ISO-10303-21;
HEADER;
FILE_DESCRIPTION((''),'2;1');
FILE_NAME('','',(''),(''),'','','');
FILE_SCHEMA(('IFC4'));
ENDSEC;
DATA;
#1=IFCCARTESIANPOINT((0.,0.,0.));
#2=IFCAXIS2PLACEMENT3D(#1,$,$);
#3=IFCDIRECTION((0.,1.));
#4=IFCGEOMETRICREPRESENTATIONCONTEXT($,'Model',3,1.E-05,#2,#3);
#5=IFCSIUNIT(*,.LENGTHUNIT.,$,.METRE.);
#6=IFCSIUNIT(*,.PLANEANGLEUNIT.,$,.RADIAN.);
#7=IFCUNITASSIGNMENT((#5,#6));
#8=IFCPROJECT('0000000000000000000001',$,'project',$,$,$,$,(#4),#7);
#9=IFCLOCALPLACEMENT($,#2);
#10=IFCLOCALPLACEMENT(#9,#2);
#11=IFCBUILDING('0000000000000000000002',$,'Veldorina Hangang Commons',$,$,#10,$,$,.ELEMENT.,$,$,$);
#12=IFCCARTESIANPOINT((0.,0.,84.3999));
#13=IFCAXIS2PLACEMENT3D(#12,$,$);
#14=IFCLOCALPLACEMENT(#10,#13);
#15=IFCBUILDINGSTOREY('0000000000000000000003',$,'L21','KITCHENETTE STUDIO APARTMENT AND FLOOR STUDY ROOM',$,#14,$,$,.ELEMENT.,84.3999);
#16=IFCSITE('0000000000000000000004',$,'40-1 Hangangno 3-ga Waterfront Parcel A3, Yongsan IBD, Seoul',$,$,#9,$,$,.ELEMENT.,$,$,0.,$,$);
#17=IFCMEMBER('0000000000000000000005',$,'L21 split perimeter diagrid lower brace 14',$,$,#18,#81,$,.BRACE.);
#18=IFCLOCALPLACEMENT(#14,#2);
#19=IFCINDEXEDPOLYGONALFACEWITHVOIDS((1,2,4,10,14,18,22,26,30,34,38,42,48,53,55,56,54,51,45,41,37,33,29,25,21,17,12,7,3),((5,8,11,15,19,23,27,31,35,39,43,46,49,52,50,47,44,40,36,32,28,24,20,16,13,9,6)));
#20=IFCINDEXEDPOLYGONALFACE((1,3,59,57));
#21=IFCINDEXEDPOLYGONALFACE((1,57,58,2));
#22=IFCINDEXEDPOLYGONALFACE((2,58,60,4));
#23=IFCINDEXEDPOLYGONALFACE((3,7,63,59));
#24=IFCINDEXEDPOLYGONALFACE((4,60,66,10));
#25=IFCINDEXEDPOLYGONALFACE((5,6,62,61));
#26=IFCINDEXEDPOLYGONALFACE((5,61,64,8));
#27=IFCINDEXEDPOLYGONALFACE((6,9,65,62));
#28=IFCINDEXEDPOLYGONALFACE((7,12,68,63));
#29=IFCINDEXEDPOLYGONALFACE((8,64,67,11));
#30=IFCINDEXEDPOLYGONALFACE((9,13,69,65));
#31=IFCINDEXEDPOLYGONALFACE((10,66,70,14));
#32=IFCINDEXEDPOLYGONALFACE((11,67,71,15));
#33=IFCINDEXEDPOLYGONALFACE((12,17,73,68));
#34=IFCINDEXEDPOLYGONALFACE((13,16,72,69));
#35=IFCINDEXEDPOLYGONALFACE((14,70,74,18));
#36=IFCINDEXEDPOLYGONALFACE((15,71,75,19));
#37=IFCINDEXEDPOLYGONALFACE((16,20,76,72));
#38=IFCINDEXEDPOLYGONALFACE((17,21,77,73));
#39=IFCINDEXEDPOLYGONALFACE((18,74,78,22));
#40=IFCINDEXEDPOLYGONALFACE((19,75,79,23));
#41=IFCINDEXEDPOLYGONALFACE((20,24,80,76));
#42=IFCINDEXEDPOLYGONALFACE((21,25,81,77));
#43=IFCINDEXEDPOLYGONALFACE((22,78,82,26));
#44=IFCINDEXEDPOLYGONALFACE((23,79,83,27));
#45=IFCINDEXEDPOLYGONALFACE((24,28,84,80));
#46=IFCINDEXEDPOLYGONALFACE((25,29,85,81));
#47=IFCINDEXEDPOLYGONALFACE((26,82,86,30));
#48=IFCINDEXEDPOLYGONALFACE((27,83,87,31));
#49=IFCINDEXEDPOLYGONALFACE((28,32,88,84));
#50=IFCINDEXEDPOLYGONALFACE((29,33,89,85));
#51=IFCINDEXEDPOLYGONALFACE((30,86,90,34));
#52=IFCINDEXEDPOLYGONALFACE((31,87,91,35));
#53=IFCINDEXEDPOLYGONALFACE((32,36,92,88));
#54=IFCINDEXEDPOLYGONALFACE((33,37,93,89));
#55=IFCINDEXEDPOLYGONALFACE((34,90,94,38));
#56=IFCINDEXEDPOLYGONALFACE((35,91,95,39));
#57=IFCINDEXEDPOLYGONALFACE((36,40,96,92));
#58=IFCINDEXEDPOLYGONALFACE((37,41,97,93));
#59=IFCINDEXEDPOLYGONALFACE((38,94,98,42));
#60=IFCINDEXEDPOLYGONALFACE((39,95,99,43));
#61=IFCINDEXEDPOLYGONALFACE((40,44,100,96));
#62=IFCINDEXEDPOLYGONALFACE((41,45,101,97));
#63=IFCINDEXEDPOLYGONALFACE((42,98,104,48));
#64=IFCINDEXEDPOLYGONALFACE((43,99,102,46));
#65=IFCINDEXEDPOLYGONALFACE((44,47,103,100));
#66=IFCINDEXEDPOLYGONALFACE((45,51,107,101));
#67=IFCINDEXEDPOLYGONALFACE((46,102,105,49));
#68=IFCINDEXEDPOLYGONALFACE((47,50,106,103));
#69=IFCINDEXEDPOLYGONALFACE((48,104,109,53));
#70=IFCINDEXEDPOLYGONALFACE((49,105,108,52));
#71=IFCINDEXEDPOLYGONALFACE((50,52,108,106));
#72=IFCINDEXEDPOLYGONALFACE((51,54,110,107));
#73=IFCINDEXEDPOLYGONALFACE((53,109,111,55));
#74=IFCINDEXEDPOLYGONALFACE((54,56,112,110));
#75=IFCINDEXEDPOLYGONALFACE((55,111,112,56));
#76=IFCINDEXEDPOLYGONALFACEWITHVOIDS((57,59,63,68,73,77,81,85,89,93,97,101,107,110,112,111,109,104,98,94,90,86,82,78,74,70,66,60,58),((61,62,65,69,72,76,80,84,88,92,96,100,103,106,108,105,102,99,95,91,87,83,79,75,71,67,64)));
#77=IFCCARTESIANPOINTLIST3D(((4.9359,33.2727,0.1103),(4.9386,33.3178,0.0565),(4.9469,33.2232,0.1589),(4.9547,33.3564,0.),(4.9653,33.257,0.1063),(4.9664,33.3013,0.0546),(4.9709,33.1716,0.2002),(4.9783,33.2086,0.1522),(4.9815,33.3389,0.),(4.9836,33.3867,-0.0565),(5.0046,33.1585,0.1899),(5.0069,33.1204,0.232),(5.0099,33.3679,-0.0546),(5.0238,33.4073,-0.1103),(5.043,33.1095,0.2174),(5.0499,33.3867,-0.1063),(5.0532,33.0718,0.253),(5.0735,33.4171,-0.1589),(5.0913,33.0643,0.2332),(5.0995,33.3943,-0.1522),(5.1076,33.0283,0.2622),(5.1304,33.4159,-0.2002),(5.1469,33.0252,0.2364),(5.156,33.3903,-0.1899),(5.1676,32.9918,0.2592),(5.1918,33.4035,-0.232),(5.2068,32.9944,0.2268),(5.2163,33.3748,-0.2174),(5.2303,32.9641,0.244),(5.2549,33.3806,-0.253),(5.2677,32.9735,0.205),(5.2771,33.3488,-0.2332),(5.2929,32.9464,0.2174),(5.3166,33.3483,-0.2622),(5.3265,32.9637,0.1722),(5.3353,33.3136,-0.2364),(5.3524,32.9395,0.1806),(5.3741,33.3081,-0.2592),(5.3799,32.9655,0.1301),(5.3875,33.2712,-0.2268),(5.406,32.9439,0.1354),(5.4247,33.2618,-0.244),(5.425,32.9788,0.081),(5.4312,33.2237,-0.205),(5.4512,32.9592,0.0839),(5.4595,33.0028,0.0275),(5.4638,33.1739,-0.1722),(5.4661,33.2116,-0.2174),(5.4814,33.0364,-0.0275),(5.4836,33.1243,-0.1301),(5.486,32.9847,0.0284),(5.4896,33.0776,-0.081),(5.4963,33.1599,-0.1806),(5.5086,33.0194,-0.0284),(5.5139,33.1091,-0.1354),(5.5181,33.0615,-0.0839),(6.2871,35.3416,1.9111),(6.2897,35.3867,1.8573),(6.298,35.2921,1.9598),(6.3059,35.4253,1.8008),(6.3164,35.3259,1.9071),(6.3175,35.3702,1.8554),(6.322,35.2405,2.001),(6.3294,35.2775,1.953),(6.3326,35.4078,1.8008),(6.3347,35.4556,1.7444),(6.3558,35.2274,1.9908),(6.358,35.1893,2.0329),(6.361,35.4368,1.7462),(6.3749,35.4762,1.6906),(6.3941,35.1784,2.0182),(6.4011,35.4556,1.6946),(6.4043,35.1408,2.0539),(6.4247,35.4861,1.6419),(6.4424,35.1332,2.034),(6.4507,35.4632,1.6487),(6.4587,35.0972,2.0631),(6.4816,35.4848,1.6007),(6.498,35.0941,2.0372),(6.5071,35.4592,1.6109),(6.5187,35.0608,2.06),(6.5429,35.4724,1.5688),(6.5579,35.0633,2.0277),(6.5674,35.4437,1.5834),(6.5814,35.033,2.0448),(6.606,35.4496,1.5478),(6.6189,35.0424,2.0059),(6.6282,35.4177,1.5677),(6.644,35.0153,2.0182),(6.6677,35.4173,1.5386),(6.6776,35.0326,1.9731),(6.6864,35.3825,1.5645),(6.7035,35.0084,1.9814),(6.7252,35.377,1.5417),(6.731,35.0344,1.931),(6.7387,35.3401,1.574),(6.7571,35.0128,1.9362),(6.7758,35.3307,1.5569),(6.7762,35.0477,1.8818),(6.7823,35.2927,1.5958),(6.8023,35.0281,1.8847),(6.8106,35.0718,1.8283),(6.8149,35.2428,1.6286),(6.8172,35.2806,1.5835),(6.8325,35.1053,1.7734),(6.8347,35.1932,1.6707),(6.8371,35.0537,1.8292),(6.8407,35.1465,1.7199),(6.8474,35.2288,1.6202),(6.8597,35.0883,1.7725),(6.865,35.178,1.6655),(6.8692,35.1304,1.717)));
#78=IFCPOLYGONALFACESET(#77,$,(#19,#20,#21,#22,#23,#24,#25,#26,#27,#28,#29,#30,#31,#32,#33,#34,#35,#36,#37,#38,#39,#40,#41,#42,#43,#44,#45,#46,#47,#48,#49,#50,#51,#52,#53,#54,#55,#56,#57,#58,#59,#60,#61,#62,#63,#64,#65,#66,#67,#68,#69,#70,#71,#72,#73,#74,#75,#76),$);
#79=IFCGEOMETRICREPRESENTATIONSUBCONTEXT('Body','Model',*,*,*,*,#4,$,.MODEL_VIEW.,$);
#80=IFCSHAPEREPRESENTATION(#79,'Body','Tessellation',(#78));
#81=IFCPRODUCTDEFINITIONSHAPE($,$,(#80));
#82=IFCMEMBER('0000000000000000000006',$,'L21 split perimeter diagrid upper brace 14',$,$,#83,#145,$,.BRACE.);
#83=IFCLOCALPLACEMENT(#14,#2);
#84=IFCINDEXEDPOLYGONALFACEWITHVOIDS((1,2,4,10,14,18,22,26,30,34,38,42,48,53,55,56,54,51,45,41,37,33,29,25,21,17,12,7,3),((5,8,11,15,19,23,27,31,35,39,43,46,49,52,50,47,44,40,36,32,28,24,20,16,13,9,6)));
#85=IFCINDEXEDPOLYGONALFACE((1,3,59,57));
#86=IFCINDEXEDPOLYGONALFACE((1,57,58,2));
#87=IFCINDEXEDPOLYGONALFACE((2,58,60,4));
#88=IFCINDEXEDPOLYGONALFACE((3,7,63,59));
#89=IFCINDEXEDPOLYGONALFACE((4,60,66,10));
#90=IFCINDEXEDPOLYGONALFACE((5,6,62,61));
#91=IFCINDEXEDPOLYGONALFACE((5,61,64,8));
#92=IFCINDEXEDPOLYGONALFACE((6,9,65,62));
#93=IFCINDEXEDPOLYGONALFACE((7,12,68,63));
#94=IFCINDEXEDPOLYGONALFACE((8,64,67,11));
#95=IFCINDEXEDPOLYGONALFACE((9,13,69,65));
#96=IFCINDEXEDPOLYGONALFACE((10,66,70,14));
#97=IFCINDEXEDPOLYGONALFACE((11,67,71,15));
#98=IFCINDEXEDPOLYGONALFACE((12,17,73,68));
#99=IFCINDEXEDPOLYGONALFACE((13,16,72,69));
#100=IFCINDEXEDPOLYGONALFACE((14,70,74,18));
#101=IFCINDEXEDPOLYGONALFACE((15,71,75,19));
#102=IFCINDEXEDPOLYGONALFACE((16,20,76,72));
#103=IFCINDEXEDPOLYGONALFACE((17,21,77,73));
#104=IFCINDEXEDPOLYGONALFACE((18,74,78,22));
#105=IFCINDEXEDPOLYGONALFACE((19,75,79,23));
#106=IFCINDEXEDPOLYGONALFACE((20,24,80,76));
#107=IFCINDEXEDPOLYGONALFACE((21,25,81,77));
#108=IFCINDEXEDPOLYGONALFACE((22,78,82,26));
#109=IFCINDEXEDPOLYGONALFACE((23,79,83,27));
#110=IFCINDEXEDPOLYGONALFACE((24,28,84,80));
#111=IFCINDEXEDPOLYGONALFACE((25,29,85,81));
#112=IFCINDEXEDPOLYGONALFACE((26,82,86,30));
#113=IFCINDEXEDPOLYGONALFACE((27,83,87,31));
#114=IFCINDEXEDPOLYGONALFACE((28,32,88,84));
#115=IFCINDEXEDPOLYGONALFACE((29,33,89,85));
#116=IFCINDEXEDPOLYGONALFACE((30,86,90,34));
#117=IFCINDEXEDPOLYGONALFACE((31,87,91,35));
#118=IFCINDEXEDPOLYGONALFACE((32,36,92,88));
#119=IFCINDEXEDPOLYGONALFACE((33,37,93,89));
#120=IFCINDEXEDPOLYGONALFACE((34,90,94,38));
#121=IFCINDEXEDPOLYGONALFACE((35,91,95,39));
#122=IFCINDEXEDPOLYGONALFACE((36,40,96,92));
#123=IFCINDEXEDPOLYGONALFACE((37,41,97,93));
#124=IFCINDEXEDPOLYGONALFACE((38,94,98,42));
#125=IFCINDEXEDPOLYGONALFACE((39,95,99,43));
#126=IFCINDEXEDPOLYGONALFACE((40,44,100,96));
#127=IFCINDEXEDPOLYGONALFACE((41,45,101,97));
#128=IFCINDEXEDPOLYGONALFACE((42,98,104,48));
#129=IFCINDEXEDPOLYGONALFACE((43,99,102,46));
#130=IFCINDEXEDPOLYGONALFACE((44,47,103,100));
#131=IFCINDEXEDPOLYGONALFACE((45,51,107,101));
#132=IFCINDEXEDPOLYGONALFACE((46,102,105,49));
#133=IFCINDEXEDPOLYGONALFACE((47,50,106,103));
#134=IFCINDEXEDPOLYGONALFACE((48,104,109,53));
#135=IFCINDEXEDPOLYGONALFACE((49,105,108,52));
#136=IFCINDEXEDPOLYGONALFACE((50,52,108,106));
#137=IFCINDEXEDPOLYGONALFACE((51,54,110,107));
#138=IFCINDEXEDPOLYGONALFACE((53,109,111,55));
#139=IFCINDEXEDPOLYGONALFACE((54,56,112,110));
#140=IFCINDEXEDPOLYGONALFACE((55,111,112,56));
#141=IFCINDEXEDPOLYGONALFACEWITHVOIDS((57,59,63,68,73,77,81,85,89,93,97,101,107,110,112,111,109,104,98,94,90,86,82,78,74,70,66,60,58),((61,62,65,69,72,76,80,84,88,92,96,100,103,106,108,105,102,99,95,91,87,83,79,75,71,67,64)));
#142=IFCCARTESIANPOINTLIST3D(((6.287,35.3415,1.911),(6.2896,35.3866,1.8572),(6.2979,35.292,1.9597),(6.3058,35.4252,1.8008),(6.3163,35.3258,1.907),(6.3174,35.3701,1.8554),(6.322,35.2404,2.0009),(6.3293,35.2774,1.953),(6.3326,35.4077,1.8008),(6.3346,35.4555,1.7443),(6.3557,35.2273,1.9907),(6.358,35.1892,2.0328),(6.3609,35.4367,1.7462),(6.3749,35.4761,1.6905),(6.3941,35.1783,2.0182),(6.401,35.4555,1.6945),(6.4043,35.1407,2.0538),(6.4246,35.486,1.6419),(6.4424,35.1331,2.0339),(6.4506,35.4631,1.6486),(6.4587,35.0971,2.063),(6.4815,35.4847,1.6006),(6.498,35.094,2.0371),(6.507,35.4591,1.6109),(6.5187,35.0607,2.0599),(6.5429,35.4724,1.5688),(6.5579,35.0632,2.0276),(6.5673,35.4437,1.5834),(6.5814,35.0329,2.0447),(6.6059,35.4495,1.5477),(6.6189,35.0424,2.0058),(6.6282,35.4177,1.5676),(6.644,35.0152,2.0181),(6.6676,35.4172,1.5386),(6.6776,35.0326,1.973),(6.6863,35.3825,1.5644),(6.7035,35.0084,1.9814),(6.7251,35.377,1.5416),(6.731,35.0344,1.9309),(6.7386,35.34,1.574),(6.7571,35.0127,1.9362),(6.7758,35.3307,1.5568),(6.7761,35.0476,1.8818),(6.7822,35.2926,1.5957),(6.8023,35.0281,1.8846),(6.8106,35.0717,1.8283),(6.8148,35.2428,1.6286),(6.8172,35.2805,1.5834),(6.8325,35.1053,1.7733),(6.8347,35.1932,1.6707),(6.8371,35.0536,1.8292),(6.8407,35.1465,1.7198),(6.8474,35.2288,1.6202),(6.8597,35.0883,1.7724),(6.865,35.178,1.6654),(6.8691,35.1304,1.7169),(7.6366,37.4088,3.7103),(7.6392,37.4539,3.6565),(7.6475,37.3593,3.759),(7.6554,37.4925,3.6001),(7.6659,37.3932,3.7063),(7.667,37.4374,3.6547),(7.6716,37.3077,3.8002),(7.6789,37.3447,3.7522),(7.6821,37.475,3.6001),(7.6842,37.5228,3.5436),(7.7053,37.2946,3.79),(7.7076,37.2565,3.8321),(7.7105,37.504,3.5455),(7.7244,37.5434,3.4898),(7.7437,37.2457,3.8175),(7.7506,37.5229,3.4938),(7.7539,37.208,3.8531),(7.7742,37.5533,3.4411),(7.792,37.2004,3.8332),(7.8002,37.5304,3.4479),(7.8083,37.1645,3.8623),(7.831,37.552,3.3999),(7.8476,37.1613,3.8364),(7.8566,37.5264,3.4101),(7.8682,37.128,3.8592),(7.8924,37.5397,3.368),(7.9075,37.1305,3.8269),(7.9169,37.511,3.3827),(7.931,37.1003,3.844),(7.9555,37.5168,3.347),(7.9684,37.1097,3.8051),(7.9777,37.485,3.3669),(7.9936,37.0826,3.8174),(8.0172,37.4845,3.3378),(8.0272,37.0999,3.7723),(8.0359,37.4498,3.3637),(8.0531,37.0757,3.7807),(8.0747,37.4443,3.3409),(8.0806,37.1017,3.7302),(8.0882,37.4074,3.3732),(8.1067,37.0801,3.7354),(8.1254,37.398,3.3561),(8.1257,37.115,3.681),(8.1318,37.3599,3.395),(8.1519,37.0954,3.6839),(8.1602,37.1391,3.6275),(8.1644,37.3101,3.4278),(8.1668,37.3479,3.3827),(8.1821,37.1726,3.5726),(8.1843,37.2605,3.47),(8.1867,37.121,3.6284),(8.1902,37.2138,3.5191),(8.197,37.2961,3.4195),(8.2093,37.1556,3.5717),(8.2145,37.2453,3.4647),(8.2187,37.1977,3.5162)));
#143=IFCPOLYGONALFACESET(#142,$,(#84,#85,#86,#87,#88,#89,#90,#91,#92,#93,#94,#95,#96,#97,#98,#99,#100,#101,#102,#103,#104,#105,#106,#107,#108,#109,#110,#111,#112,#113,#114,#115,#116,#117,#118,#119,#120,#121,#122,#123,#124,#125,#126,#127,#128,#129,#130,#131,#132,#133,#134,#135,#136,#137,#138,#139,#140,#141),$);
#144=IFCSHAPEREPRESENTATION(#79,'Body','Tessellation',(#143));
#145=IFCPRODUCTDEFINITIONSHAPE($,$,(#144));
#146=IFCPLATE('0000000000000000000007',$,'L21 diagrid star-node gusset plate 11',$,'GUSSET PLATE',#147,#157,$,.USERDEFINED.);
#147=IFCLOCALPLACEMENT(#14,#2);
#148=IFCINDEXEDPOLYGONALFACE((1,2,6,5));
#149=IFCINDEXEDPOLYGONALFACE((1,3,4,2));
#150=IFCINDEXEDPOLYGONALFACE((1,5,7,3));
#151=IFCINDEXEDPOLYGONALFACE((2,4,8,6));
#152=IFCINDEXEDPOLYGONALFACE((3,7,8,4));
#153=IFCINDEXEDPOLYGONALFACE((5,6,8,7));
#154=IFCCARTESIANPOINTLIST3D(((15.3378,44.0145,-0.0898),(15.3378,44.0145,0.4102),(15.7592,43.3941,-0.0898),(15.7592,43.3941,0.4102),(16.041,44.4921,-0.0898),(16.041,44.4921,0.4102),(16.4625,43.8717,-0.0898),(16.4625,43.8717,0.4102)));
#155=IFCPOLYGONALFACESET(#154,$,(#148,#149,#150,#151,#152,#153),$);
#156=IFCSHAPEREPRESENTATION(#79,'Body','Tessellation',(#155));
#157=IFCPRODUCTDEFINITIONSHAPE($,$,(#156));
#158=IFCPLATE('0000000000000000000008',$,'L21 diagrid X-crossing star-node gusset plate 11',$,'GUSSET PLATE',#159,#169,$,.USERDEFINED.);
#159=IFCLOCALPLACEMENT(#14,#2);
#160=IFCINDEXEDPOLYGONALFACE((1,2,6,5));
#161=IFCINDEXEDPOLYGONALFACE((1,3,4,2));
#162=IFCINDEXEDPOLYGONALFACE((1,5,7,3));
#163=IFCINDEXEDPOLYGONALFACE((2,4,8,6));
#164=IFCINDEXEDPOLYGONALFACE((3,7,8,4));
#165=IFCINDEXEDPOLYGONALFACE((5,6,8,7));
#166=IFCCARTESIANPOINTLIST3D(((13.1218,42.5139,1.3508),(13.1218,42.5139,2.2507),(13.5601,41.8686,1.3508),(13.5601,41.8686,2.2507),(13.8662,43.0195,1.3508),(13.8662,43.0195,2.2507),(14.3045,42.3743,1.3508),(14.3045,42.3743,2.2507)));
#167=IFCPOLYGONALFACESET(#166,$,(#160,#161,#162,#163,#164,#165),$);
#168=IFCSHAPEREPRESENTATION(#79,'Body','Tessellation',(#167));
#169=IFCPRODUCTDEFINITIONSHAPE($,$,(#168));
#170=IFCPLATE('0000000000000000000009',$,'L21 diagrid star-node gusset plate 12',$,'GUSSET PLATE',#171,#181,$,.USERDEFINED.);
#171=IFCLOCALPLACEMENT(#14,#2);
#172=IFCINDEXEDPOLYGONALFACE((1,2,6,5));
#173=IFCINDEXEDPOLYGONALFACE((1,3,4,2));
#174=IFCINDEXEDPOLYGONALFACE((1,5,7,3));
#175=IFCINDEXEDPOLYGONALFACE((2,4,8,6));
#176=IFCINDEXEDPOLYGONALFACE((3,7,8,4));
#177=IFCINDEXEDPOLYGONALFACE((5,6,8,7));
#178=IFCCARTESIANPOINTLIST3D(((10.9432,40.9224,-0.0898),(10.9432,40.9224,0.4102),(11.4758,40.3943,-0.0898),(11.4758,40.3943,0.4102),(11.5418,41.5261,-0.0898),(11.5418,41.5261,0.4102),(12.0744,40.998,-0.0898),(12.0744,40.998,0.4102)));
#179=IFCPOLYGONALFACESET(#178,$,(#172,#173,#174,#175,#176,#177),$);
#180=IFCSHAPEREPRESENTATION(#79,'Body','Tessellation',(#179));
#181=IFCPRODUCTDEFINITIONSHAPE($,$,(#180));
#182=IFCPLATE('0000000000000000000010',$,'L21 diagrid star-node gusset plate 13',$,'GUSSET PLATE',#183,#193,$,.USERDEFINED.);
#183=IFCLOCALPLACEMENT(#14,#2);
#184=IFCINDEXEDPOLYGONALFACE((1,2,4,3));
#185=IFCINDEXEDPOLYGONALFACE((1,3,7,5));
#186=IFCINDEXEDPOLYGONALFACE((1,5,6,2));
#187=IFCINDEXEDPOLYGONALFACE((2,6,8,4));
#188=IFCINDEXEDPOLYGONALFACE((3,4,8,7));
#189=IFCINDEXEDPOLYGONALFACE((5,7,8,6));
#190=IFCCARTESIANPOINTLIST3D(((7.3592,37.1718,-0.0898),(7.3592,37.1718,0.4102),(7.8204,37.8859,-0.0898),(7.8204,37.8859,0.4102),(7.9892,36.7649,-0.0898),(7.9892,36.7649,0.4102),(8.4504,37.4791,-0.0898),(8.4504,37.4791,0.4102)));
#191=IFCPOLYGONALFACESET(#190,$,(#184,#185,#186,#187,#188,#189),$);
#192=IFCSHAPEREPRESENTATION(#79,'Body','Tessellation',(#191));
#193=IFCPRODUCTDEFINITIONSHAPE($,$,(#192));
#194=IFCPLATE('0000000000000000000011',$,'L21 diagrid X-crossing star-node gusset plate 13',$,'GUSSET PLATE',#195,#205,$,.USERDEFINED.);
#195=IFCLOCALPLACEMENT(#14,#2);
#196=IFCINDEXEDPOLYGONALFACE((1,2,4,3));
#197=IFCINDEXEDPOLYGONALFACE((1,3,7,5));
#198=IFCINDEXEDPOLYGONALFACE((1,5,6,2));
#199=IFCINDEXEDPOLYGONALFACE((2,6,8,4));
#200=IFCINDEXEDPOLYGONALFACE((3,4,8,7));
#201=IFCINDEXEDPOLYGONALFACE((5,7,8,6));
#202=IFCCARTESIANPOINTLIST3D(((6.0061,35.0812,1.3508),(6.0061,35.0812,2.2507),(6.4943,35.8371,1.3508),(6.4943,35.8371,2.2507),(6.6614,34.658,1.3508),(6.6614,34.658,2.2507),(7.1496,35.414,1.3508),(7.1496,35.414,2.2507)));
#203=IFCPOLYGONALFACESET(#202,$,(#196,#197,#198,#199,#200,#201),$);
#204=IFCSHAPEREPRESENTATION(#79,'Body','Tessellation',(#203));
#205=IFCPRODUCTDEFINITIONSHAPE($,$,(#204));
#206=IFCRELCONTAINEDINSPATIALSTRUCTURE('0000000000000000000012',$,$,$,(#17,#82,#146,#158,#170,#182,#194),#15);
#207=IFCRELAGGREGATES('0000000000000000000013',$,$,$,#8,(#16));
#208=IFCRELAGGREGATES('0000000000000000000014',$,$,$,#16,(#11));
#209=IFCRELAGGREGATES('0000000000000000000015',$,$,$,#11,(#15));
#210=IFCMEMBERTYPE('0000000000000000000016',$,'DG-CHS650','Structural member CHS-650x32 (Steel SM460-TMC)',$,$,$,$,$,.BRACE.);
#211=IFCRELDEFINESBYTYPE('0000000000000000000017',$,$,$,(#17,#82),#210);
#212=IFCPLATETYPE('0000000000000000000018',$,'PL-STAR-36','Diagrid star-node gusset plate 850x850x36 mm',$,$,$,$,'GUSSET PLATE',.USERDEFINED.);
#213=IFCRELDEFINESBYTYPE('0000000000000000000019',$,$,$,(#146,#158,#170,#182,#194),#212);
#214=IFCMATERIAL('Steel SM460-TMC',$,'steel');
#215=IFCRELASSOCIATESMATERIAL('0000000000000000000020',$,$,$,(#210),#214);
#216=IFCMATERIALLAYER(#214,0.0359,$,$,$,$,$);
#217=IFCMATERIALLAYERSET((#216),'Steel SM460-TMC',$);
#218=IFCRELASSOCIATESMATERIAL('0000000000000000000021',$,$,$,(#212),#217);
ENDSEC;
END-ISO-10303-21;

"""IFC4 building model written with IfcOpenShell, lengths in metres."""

from ifc_helpers import new_model, si_unit, direction, frame, origin, origin_2d, place, context, subcontext, project, spatial, rectangle, hollow_circle, extrude, material, layer, layer_set, material_profile, profile_set, type_object, element, save


model = new_model("IFC4")

# Units and contexts
model_context = context("Model", 3, precision=1e-05, world=origin(), true_north=direction((0.0, 1.0)))
body_context = subcontext(model_context, "Body", "Model", "MODEL_VIEW")
ifc_project = project(units=[si_unit("LENGTHUNIT", "METRE"), si_unit("PLANEANGLEUNIT", "RADIAN")], contexts=[model_context])

# Site, building, storey
site_placement = place(None, origin())
site = spatial("IfcSite", under=ifc_project, at=site_placement, Name="40-1 Hangangno 3-ga Waterfront Parcel A3, Yongsan IBD, Seoul", CompositionType="ELEMENT", RefElevation=0.0)
building_placement = place(site_placement, origin())
building = spatial("IfcBuilding", under=site, at=building_placement, Name="Veldorina Hangang Commons", CompositionType="ELEMENT")
storey_placement = place(building_placement, frame((0.0, 0.0, 84.3999)))
storey = spatial("IfcBuildingStorey", under=building, at=storey_placement, Name="L21", Description="KITCHENETTE STUDIO APARTMENT AND FLOOR STUDY ROOM", CompositionType="ELEMENT", Elevation=84.3999)

# Members
ifc_material_1 = material(Name="Steel SM460-TMC", Category="steel")
ifc_material_profile_1 = material_profile(ifc_material_1, hollow_circle(Radius=0.325, WallThickness=0.032, at=origin_2d()), Name="CHS-650x32")
ifc_profile_set_1 = profile_set([ifc_material_profile_1], Name="Steel SM460-TMC")
member_type = type_object("IfcMemberType", Name="DG-CHS650", Description="Structural member CHS-650x32 (Steel SM460-TMC)", PredefinedType="BRACE", material=ifc_profile_set_1)
member_1_placement = place(storey_placement, frame((5.2268, 33.1787, 0.0), z_axis=(0.441888, 0.676645, 0.588971), x_axis=(-0.837272, 0.546786, 0.0)))
element("IfcMember", 1, at=member_1_placement, inside=storey, type_object=member_type, Name="L21 split perimeter diagrid lower brace 14", PredefinedType="BRACE", context=body_context, shape_type="SweptSolid", body=[
    extrude(hollow_circle(Radius=0.325, WallThickness=0.032, at=origin_2d()), origin(), (0.0, 0.0, 1.0), 3.0576),
])
member_2_placement = place(storey_placement, frame((6.5779, 35.2476, 1.8008), z_axis=(0.44177, 0.67672, 0.588973), x_axis=(-0.837367, 0.546642, 0.0)))
element("IfcMember", 2, at=member_2_placement, inside=storey, type_object=member_type, Name="L21 split perimeter diagrid upper brace 14", PredefinedType="BRACE", context=body_context, shape_type="SweptSolid", body=[
    extrude(hollow_circle(Radius=0.325, WallThickness=0.032, at=origin_2d()), origin(), (0.0, 0.0, 1.0), 3.0549),
])

# Plates
ifc_layer_1 = layer(ifc_material_1, 0.0359)
ifc_layer_set_1 = layer_set([ifc_layer_1], Name="Steel SM460-TMC")
plate_type = type_object("IfcPlateType", Name="PL-STAR-36", Description="Diagrid star-node gusset plate 850x850x36 mm", ElementType="GUSSET PLATE", PredefinedType="USERDEFINED", material=ifc_layer_set_1)
plate_1_placement = place(storey_placement, frame((15.9001, 43.9431, -0.0898), z_axis=(0.0, 0.0, 1.0), x_axis=(-0.827218, -0.561881, 0.0)))
element("IfcPlate", 3, at=plate_1_placement, inside=storey, type_object=plate_type, Name="L21 diagrid star-node gusset plate 11", ObjectType="GUSSET PLATE", PredefinedType="USERDEFINED", context=body_context, shape_type="SweptSolid", body=[
    extrude(rectangle(XDim=0.8501, YDim=0.75, at=origin_2d()), origin(), (0.0, 0.0, 1.0), 0.5),
])
plate_2_placement = place(storey_placement, frame((13.7131, 42.4441, 1.3508), z_axis=(0.0, 0.0, 1.0), x_axis=(-0.827218, -0.561881, 0.0)))
element("IfcPlate", 4, at=plate_2_placement, inside=storey, type_object=plate_type, Name="L21 diagrid X-crossing star-node gusset plate 11", ObjectType="GUSSET PLATE", PredefinedType="USERDEFINED", context=body_context, shape_type="SweptSolid", body=[
    extrude(rectangle(XDim=0.8999, YDim=0.78, at=origin_2d()), origin(), (0.0, 0.0, 1.0), 0.8999),
])
for number, where, z_axis, x_axis, name in (
    (5, (11.5088, 40.9602, -0.0898), (0.0, 0.0, 1.0), (-0.704101, -0.710099, 0.0), "L21 diagrid star-node gusset plate 12"),
    (6, (7.9048, 37.3254, -0.0898), (0.0, 0.0, 1.0), (-0.5425, -0.840056, 0.0), "L21 diagrid star-node gusset plate 13"),
):
    element("IfcPlate", number, at=place(storey_placement, frame(where, z_axis=z_axis, x_axis=x_axis)), inside=storey, type_object=plate_type, Name=name, ObjectType="GUSSET PLATE", PredefinedType="USERDEFINED", context=body_context, shape_type="SweptSolid", body=[
        extrude(rectangle(XDim=0.8501, YDim=0.75, at=origin_2d()), origin(), (0.0, 0.0, 1.0), 0.5),
    ])
plate_3_placement = place(storey_placement, frame((6.5779, 35.2476, 1.3508), z_axis=(0.0, 0.0, 1.0), x_axis=(-0.5425, -0.840056, 0.0)))
element("IfcPlate", 7, at=plate_3_placement, inside=storey, type_object=plate_type, Name="L21 diagrid X-crossing star-node gusset plate 13", ObjectType="GUSSET PLATE", PredefinedType="USERDEFINED", context=body_context, shape_type="SweptSolid", body=[
    extrude(rectangle(XDim=0.8999, YDim=0.78, at=origin_2d()), origin(), (0.0, 0.0, 1.0), 0.8999),
])

save(model, "model.ifc")
